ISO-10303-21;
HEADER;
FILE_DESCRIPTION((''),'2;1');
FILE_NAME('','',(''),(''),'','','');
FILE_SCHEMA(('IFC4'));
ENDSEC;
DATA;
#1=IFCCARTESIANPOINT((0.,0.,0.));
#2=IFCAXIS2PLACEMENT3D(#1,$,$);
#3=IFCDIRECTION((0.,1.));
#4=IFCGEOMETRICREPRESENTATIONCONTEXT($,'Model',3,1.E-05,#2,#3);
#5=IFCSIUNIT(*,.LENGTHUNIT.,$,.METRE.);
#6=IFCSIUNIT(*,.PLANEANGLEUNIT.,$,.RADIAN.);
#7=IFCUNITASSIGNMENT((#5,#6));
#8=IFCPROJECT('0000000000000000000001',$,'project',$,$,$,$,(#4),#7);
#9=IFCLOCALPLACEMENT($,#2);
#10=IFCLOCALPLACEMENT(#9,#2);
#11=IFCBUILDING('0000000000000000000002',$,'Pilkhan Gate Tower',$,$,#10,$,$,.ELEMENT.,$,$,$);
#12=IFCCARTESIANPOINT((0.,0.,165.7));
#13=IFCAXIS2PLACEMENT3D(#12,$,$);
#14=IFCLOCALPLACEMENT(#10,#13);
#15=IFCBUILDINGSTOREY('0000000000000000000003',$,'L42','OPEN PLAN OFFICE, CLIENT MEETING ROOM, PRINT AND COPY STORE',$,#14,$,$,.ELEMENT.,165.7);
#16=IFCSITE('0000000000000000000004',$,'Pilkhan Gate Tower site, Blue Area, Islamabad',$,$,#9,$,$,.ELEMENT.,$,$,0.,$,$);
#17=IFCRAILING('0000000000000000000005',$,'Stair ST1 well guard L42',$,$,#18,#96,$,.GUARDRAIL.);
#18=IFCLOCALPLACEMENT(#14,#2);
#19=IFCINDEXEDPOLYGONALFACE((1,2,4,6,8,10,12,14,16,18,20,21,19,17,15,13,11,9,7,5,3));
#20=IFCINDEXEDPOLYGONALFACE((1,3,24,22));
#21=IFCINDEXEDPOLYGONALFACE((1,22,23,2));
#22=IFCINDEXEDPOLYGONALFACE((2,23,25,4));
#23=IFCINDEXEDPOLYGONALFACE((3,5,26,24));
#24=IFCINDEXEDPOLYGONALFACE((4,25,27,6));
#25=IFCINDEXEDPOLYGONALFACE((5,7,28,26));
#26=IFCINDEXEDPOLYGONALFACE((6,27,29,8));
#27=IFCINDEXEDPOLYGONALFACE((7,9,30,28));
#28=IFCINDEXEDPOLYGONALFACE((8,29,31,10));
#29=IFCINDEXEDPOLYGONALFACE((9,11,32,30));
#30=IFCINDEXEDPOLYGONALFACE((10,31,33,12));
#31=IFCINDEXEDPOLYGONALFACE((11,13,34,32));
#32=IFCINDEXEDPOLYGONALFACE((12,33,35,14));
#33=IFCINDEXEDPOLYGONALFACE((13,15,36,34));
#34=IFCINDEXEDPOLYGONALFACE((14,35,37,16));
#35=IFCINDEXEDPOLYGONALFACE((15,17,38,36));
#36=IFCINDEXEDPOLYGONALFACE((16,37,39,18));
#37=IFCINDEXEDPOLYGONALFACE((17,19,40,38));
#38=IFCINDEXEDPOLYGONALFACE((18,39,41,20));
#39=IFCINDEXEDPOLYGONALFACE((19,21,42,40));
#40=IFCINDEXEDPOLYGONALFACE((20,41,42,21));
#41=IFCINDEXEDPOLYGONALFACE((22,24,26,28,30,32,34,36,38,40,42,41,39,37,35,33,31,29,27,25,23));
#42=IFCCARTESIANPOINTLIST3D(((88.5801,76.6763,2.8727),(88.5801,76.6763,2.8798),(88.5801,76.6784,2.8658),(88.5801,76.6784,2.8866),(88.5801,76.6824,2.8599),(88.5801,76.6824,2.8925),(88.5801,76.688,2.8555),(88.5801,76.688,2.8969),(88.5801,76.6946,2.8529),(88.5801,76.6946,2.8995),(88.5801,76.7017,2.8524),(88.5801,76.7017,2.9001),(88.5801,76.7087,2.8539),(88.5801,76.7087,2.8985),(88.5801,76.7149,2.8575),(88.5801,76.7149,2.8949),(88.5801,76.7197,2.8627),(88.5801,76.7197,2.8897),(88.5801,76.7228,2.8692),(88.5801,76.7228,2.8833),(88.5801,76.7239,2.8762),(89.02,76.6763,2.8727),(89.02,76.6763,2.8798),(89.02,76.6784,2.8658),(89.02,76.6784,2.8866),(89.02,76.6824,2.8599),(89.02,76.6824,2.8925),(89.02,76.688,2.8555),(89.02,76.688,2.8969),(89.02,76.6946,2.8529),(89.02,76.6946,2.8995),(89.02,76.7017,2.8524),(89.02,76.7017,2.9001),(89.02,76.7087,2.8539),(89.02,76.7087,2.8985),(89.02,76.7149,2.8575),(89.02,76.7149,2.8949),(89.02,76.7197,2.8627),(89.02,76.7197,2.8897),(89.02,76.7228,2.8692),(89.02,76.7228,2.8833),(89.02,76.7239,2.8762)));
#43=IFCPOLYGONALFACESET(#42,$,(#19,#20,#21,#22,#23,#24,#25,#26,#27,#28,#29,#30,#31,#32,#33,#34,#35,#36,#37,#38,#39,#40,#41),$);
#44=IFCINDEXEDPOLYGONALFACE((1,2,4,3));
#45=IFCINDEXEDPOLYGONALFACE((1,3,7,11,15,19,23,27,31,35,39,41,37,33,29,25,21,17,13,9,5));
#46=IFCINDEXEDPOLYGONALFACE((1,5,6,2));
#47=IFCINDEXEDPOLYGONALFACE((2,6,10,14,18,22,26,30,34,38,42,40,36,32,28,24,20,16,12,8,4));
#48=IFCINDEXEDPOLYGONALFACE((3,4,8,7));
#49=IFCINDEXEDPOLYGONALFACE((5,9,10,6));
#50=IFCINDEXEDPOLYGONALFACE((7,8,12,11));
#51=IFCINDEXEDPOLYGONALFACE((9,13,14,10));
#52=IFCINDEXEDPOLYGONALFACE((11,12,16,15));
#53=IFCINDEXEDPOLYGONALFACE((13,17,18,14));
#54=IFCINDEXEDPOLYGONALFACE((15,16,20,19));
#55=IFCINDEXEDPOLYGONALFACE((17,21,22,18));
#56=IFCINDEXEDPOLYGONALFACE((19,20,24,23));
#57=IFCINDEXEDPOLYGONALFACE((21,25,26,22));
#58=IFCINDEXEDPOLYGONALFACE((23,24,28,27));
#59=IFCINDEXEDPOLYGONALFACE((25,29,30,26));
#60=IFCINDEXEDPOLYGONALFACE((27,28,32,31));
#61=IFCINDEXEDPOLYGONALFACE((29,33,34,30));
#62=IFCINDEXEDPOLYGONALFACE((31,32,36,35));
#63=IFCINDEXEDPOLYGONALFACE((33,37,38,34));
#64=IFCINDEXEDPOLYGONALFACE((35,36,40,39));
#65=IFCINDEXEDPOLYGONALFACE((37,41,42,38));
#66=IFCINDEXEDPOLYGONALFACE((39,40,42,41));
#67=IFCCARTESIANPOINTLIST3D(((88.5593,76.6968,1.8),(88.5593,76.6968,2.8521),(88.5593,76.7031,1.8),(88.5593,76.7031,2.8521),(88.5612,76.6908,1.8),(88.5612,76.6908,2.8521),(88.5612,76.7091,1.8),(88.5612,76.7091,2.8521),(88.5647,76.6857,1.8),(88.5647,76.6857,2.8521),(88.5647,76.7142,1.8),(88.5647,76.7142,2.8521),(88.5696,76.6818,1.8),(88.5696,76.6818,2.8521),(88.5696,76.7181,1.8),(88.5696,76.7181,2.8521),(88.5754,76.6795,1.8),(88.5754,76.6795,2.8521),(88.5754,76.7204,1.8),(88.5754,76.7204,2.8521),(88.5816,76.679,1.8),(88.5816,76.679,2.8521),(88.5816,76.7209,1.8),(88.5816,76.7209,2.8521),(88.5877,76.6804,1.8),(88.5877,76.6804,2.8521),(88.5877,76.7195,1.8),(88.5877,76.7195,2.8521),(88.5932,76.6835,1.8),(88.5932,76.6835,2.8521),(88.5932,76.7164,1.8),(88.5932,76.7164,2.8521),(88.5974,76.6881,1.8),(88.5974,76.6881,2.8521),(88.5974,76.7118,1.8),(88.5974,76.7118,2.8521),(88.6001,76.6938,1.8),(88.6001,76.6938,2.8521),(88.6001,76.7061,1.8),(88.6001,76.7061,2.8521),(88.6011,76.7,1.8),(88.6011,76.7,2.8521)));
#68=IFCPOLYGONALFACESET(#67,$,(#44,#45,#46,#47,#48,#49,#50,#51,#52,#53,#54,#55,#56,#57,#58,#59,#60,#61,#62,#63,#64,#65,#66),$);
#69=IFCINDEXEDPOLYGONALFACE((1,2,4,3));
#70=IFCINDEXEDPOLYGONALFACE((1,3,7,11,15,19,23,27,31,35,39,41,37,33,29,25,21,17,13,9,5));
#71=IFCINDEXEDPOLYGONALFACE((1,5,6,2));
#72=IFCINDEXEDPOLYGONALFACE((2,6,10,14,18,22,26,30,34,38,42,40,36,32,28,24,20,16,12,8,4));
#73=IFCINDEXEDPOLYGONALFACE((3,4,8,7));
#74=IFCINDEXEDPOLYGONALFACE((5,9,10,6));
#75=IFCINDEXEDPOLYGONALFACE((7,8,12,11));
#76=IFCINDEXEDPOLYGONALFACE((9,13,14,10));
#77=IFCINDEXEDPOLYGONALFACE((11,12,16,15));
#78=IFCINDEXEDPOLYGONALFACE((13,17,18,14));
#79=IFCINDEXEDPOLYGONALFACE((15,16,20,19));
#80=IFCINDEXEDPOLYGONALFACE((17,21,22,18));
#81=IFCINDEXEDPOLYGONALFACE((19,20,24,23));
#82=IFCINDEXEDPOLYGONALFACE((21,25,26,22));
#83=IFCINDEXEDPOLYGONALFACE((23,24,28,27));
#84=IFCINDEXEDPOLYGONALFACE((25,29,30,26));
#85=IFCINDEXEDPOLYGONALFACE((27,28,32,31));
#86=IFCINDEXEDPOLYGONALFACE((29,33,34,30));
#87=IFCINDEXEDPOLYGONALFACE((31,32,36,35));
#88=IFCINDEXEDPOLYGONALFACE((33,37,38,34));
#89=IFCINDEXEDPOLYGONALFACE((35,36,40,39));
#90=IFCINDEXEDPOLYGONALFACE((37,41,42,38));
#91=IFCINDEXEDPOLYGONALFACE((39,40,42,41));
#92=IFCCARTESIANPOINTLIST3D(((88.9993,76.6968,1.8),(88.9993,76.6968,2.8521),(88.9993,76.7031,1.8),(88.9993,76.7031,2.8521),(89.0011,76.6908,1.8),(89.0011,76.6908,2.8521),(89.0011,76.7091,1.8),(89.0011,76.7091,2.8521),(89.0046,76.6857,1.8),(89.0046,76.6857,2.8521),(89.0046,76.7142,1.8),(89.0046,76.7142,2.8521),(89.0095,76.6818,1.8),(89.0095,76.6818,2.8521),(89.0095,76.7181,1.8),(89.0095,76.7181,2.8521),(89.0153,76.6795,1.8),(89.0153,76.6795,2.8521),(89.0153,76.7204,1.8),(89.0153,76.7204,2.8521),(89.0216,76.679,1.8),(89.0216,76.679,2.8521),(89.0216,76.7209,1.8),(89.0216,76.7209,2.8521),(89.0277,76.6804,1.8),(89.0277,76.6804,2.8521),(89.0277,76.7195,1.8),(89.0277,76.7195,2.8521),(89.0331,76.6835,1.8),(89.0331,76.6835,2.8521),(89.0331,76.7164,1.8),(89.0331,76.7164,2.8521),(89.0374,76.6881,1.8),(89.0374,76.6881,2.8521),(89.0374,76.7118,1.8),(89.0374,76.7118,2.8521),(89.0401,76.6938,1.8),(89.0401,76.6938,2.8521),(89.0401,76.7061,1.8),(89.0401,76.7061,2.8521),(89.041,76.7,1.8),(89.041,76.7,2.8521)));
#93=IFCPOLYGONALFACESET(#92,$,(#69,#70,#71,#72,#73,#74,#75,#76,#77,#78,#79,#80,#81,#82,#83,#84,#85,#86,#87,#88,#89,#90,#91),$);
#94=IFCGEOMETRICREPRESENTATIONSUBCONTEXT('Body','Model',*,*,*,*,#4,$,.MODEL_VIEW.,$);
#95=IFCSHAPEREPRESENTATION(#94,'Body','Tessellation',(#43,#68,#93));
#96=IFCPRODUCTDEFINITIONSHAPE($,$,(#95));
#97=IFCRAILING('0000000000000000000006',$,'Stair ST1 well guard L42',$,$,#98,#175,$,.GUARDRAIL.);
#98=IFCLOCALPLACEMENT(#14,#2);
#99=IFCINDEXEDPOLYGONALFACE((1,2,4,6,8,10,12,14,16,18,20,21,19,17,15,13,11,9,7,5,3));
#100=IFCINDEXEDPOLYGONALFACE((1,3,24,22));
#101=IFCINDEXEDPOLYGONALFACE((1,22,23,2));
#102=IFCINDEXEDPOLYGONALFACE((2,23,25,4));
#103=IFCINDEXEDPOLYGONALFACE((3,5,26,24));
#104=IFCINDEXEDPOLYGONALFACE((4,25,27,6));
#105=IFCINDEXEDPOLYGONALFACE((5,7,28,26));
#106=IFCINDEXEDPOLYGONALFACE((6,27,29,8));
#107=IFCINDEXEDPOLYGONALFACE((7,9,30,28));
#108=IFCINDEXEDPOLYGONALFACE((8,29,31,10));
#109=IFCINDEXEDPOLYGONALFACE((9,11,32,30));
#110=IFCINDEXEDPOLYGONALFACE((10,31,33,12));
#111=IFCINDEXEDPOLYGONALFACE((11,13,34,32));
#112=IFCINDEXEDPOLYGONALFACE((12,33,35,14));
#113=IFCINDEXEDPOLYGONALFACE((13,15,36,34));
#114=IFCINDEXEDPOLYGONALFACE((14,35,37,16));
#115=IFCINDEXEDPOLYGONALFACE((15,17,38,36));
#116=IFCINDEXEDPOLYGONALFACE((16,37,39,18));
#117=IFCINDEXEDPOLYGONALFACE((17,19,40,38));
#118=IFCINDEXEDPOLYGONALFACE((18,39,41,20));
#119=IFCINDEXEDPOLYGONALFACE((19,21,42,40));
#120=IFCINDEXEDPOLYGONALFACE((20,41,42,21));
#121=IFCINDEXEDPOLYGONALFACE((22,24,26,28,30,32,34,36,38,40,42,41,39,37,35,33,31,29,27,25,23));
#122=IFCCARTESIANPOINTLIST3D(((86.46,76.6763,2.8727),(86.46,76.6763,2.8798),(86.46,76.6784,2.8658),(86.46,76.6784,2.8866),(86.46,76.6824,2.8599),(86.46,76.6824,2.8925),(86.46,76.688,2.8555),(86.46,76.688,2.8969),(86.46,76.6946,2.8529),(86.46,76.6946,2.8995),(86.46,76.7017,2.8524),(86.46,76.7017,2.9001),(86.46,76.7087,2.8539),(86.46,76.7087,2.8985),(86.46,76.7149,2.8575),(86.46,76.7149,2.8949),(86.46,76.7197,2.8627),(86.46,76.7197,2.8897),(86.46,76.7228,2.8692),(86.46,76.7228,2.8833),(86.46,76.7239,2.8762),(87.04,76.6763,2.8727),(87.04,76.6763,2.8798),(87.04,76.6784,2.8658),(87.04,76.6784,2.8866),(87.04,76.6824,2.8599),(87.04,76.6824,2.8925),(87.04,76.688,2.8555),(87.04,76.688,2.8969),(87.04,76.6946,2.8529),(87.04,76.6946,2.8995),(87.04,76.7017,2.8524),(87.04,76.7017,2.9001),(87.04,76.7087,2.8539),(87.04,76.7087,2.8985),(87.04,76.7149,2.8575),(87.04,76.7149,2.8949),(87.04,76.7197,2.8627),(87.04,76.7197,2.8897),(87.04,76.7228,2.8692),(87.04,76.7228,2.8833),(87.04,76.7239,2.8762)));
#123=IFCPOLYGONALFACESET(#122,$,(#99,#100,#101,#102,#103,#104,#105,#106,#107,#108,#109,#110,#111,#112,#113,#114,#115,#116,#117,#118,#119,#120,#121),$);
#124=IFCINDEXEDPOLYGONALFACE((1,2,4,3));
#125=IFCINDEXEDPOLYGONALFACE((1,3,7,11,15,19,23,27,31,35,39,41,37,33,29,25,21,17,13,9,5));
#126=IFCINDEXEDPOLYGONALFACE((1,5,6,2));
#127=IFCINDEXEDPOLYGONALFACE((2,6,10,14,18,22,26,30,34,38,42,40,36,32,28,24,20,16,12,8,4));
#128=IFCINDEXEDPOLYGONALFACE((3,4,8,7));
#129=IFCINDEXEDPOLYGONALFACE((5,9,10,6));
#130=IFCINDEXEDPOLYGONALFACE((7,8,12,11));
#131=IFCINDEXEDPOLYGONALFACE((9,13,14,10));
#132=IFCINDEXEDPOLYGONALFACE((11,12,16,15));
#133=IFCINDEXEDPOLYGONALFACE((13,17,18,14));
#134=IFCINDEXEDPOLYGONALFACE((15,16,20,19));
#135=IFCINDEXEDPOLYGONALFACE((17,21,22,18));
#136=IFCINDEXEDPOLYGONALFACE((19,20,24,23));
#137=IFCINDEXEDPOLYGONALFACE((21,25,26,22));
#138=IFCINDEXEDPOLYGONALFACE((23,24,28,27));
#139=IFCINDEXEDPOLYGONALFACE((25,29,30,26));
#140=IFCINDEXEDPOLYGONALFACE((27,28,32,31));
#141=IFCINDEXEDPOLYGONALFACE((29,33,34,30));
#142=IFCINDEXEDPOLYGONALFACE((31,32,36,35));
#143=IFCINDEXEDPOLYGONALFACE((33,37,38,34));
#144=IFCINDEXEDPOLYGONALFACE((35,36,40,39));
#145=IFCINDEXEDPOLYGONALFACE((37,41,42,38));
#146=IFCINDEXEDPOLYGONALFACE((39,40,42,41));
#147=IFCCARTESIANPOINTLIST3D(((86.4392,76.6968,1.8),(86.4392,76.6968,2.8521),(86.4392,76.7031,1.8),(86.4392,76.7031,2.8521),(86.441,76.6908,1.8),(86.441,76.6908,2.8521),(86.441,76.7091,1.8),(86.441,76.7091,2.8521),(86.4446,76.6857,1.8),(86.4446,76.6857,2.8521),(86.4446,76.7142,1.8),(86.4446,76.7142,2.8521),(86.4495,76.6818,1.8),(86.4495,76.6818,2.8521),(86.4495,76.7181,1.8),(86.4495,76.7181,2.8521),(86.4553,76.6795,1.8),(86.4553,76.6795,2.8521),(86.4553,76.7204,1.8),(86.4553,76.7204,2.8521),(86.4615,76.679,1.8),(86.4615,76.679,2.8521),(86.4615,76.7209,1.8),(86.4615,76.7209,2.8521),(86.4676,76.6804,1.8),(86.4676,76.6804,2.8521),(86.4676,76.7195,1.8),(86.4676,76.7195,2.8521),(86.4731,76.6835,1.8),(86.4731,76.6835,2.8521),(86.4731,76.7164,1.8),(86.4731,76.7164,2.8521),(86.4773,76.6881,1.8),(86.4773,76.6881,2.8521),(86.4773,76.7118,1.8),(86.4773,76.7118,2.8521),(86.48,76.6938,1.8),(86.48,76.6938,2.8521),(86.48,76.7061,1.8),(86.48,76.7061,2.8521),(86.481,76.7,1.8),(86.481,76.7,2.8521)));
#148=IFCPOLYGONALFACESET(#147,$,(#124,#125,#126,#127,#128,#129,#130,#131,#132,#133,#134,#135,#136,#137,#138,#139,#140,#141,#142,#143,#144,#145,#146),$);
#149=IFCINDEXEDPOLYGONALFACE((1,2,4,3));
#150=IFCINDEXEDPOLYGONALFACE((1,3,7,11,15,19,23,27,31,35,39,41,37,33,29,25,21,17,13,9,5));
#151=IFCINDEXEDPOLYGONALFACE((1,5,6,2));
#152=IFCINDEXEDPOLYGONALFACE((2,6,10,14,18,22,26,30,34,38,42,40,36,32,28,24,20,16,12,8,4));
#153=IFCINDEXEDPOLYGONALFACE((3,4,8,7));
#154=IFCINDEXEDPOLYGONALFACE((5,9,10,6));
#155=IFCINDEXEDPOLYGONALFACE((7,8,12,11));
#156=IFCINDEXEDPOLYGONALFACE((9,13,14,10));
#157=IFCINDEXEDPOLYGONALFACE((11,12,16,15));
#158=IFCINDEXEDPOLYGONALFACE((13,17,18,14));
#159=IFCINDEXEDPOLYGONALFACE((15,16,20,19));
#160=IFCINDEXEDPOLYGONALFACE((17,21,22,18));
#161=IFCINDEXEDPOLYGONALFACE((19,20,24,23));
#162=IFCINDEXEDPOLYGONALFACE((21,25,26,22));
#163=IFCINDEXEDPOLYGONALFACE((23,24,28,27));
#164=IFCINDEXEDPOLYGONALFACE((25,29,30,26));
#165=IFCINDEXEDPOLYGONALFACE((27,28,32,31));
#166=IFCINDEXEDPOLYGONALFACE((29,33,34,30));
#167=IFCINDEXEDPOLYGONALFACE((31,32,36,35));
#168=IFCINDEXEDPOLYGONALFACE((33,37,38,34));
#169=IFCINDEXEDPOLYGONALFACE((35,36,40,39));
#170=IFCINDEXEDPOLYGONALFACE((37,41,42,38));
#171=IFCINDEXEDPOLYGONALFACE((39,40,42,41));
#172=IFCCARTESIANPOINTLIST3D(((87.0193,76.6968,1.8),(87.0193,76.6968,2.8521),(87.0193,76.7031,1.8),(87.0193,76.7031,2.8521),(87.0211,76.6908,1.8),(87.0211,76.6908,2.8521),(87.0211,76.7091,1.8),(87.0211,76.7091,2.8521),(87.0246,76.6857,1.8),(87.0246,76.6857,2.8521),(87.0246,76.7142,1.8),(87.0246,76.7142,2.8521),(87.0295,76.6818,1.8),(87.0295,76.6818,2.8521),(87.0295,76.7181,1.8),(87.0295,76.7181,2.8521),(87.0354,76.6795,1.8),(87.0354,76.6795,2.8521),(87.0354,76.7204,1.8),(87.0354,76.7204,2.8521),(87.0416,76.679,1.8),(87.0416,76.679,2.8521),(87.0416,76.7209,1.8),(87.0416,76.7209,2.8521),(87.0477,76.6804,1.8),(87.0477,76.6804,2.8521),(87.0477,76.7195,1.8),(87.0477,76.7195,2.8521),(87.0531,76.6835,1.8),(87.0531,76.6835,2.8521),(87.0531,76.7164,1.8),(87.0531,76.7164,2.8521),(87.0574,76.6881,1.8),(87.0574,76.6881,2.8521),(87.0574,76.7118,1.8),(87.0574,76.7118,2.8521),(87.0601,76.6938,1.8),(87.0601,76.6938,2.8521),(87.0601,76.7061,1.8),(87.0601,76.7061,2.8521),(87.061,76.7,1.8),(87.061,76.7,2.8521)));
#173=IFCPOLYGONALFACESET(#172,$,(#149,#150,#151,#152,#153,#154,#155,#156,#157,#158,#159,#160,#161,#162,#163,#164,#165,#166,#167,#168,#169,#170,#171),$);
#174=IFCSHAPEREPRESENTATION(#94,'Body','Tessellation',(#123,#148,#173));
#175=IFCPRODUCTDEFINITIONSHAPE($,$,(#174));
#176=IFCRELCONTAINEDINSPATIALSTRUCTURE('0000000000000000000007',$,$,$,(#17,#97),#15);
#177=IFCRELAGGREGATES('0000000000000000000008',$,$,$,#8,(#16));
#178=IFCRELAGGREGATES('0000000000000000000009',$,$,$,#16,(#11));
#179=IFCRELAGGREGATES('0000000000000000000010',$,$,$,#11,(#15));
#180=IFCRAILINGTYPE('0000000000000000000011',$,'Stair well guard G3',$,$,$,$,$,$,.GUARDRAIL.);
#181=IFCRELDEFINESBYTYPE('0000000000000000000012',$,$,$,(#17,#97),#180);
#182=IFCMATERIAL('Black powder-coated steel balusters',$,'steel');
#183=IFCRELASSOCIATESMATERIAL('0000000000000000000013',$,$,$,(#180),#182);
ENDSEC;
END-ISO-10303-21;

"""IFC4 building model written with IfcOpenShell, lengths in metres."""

from ifc_helpers import new_model, si_unit, direction, frame, origin, origin_2d, place, context, subcontext, project, spatial, circle, extrude, material, type_object, element, save


model = new_model("IFC4")

# Units and contexts
model_context = context("Model", 3, precision=1e-05, world=origin(), true_north=direction((0.0, 1.0)))
body_context = subcontext(model_context, "Body", "Model", "MODEL_VIEW")
ifc_project = project(units=[si_unit("LENGTHUNIT", "METRE"), si_unit("PLANEANGLEUNIT", "RADIAN")], contexts=[model_context])

# Site, building, storey
site_placement = place(None, origin())
site = spatial("IfcSite", under=ifc_project, at=site_placement, Name="Pilkhan Gate Tower site, Blue Area, Islamabad", CompositionType="ELEMENT", RefElevation=0.0)
building_placement = place(site_placement, origin())
building = spatial("IfcBuilding", under=site, at=building_placement, Name="Pilkhan Gate Tower", CompositionType="ELEMENT")
storey_placement = place(building_placement, frame((0.0, 0.0, 165.7)))
storey = spatial("IfcBuildingStorey", under=building, at=storey_placement, Name="L42", Description="OPEN PLAN OFFICE, CLIENT MEETING ROOM, PRINT AND COPY STORE", CompositionType="ELEMENT", Elevation=165.7)

# Railings
ifc_material_1 = material(Name="Black powder-coated steel balusters", Category="steel")
railing_type_1 = type_object("IfcRailingType", Name="Stair well guard G3", PredefinedType="GUARDRAIL", material=ifc_material_1)
railing_1_placement = place(storey_placement, frame((88.5801, 76.7, 1.8)))
element("IfcRailing", 1, at=railing_1_placement, inside=storey, type_object=railing_type_1, Name="Stair ST1 well guard L42", PredefinedType="GUARDRAIL", context=body_context, shape_type="SweptSolid", body=[
    extrude(circle(Radius=0.0239, at=origin_2d()), frame((0.0, 0.0, 1.0762), z_axis=(1.0, 0.0, 0.0), x_axis=(0.0, 1.0, 0.0)), (0.0, 0.0, 1.0), 0.4399),
    extrude(circle(Radius=0.021, at=origin_2d()), origin(), (0.0, 0.0, 1.0), 1.052),
    extrude(circle(Radius=0.021, at=origin_2d()), frame((0.4399, 0.0, 0.0)), (0.0, 0.0, 1.0), 1.052),
])
railing_2_placement = place(storey_placement, frame((86.46, 76.7, 1.8)))
element("IfcRailing", 2, at=railing_2_placement, inside=storey, type_object=railing_type_1, Name="Stair ST1 well guard L42", PredefinedType="GUARDRAIL", context=body_context, shape_type="SweptSolid", body=[
    extrude(circle(Radius=0.0239, at=origin_2d()), frame((0.0, 0.0, 1.0762), z_axis=(1.0, 0.0, 0.0), x_axis=(0.0, 1.0, 0.0)), (0.0, 0.0, 1.0), 0.5801),
    extrude(circle(Radius=0.021, at=origin_2d()), origin(), (0.0, 0.0, 1.0), 1.052),
    extrude(circle(Radius=0.021, at=origin_2d()), frame((0.5801, 0.0, 0.0)), (0.0, 0.0, 1.0), 1.052),
])

save(model, "model.ifc")
